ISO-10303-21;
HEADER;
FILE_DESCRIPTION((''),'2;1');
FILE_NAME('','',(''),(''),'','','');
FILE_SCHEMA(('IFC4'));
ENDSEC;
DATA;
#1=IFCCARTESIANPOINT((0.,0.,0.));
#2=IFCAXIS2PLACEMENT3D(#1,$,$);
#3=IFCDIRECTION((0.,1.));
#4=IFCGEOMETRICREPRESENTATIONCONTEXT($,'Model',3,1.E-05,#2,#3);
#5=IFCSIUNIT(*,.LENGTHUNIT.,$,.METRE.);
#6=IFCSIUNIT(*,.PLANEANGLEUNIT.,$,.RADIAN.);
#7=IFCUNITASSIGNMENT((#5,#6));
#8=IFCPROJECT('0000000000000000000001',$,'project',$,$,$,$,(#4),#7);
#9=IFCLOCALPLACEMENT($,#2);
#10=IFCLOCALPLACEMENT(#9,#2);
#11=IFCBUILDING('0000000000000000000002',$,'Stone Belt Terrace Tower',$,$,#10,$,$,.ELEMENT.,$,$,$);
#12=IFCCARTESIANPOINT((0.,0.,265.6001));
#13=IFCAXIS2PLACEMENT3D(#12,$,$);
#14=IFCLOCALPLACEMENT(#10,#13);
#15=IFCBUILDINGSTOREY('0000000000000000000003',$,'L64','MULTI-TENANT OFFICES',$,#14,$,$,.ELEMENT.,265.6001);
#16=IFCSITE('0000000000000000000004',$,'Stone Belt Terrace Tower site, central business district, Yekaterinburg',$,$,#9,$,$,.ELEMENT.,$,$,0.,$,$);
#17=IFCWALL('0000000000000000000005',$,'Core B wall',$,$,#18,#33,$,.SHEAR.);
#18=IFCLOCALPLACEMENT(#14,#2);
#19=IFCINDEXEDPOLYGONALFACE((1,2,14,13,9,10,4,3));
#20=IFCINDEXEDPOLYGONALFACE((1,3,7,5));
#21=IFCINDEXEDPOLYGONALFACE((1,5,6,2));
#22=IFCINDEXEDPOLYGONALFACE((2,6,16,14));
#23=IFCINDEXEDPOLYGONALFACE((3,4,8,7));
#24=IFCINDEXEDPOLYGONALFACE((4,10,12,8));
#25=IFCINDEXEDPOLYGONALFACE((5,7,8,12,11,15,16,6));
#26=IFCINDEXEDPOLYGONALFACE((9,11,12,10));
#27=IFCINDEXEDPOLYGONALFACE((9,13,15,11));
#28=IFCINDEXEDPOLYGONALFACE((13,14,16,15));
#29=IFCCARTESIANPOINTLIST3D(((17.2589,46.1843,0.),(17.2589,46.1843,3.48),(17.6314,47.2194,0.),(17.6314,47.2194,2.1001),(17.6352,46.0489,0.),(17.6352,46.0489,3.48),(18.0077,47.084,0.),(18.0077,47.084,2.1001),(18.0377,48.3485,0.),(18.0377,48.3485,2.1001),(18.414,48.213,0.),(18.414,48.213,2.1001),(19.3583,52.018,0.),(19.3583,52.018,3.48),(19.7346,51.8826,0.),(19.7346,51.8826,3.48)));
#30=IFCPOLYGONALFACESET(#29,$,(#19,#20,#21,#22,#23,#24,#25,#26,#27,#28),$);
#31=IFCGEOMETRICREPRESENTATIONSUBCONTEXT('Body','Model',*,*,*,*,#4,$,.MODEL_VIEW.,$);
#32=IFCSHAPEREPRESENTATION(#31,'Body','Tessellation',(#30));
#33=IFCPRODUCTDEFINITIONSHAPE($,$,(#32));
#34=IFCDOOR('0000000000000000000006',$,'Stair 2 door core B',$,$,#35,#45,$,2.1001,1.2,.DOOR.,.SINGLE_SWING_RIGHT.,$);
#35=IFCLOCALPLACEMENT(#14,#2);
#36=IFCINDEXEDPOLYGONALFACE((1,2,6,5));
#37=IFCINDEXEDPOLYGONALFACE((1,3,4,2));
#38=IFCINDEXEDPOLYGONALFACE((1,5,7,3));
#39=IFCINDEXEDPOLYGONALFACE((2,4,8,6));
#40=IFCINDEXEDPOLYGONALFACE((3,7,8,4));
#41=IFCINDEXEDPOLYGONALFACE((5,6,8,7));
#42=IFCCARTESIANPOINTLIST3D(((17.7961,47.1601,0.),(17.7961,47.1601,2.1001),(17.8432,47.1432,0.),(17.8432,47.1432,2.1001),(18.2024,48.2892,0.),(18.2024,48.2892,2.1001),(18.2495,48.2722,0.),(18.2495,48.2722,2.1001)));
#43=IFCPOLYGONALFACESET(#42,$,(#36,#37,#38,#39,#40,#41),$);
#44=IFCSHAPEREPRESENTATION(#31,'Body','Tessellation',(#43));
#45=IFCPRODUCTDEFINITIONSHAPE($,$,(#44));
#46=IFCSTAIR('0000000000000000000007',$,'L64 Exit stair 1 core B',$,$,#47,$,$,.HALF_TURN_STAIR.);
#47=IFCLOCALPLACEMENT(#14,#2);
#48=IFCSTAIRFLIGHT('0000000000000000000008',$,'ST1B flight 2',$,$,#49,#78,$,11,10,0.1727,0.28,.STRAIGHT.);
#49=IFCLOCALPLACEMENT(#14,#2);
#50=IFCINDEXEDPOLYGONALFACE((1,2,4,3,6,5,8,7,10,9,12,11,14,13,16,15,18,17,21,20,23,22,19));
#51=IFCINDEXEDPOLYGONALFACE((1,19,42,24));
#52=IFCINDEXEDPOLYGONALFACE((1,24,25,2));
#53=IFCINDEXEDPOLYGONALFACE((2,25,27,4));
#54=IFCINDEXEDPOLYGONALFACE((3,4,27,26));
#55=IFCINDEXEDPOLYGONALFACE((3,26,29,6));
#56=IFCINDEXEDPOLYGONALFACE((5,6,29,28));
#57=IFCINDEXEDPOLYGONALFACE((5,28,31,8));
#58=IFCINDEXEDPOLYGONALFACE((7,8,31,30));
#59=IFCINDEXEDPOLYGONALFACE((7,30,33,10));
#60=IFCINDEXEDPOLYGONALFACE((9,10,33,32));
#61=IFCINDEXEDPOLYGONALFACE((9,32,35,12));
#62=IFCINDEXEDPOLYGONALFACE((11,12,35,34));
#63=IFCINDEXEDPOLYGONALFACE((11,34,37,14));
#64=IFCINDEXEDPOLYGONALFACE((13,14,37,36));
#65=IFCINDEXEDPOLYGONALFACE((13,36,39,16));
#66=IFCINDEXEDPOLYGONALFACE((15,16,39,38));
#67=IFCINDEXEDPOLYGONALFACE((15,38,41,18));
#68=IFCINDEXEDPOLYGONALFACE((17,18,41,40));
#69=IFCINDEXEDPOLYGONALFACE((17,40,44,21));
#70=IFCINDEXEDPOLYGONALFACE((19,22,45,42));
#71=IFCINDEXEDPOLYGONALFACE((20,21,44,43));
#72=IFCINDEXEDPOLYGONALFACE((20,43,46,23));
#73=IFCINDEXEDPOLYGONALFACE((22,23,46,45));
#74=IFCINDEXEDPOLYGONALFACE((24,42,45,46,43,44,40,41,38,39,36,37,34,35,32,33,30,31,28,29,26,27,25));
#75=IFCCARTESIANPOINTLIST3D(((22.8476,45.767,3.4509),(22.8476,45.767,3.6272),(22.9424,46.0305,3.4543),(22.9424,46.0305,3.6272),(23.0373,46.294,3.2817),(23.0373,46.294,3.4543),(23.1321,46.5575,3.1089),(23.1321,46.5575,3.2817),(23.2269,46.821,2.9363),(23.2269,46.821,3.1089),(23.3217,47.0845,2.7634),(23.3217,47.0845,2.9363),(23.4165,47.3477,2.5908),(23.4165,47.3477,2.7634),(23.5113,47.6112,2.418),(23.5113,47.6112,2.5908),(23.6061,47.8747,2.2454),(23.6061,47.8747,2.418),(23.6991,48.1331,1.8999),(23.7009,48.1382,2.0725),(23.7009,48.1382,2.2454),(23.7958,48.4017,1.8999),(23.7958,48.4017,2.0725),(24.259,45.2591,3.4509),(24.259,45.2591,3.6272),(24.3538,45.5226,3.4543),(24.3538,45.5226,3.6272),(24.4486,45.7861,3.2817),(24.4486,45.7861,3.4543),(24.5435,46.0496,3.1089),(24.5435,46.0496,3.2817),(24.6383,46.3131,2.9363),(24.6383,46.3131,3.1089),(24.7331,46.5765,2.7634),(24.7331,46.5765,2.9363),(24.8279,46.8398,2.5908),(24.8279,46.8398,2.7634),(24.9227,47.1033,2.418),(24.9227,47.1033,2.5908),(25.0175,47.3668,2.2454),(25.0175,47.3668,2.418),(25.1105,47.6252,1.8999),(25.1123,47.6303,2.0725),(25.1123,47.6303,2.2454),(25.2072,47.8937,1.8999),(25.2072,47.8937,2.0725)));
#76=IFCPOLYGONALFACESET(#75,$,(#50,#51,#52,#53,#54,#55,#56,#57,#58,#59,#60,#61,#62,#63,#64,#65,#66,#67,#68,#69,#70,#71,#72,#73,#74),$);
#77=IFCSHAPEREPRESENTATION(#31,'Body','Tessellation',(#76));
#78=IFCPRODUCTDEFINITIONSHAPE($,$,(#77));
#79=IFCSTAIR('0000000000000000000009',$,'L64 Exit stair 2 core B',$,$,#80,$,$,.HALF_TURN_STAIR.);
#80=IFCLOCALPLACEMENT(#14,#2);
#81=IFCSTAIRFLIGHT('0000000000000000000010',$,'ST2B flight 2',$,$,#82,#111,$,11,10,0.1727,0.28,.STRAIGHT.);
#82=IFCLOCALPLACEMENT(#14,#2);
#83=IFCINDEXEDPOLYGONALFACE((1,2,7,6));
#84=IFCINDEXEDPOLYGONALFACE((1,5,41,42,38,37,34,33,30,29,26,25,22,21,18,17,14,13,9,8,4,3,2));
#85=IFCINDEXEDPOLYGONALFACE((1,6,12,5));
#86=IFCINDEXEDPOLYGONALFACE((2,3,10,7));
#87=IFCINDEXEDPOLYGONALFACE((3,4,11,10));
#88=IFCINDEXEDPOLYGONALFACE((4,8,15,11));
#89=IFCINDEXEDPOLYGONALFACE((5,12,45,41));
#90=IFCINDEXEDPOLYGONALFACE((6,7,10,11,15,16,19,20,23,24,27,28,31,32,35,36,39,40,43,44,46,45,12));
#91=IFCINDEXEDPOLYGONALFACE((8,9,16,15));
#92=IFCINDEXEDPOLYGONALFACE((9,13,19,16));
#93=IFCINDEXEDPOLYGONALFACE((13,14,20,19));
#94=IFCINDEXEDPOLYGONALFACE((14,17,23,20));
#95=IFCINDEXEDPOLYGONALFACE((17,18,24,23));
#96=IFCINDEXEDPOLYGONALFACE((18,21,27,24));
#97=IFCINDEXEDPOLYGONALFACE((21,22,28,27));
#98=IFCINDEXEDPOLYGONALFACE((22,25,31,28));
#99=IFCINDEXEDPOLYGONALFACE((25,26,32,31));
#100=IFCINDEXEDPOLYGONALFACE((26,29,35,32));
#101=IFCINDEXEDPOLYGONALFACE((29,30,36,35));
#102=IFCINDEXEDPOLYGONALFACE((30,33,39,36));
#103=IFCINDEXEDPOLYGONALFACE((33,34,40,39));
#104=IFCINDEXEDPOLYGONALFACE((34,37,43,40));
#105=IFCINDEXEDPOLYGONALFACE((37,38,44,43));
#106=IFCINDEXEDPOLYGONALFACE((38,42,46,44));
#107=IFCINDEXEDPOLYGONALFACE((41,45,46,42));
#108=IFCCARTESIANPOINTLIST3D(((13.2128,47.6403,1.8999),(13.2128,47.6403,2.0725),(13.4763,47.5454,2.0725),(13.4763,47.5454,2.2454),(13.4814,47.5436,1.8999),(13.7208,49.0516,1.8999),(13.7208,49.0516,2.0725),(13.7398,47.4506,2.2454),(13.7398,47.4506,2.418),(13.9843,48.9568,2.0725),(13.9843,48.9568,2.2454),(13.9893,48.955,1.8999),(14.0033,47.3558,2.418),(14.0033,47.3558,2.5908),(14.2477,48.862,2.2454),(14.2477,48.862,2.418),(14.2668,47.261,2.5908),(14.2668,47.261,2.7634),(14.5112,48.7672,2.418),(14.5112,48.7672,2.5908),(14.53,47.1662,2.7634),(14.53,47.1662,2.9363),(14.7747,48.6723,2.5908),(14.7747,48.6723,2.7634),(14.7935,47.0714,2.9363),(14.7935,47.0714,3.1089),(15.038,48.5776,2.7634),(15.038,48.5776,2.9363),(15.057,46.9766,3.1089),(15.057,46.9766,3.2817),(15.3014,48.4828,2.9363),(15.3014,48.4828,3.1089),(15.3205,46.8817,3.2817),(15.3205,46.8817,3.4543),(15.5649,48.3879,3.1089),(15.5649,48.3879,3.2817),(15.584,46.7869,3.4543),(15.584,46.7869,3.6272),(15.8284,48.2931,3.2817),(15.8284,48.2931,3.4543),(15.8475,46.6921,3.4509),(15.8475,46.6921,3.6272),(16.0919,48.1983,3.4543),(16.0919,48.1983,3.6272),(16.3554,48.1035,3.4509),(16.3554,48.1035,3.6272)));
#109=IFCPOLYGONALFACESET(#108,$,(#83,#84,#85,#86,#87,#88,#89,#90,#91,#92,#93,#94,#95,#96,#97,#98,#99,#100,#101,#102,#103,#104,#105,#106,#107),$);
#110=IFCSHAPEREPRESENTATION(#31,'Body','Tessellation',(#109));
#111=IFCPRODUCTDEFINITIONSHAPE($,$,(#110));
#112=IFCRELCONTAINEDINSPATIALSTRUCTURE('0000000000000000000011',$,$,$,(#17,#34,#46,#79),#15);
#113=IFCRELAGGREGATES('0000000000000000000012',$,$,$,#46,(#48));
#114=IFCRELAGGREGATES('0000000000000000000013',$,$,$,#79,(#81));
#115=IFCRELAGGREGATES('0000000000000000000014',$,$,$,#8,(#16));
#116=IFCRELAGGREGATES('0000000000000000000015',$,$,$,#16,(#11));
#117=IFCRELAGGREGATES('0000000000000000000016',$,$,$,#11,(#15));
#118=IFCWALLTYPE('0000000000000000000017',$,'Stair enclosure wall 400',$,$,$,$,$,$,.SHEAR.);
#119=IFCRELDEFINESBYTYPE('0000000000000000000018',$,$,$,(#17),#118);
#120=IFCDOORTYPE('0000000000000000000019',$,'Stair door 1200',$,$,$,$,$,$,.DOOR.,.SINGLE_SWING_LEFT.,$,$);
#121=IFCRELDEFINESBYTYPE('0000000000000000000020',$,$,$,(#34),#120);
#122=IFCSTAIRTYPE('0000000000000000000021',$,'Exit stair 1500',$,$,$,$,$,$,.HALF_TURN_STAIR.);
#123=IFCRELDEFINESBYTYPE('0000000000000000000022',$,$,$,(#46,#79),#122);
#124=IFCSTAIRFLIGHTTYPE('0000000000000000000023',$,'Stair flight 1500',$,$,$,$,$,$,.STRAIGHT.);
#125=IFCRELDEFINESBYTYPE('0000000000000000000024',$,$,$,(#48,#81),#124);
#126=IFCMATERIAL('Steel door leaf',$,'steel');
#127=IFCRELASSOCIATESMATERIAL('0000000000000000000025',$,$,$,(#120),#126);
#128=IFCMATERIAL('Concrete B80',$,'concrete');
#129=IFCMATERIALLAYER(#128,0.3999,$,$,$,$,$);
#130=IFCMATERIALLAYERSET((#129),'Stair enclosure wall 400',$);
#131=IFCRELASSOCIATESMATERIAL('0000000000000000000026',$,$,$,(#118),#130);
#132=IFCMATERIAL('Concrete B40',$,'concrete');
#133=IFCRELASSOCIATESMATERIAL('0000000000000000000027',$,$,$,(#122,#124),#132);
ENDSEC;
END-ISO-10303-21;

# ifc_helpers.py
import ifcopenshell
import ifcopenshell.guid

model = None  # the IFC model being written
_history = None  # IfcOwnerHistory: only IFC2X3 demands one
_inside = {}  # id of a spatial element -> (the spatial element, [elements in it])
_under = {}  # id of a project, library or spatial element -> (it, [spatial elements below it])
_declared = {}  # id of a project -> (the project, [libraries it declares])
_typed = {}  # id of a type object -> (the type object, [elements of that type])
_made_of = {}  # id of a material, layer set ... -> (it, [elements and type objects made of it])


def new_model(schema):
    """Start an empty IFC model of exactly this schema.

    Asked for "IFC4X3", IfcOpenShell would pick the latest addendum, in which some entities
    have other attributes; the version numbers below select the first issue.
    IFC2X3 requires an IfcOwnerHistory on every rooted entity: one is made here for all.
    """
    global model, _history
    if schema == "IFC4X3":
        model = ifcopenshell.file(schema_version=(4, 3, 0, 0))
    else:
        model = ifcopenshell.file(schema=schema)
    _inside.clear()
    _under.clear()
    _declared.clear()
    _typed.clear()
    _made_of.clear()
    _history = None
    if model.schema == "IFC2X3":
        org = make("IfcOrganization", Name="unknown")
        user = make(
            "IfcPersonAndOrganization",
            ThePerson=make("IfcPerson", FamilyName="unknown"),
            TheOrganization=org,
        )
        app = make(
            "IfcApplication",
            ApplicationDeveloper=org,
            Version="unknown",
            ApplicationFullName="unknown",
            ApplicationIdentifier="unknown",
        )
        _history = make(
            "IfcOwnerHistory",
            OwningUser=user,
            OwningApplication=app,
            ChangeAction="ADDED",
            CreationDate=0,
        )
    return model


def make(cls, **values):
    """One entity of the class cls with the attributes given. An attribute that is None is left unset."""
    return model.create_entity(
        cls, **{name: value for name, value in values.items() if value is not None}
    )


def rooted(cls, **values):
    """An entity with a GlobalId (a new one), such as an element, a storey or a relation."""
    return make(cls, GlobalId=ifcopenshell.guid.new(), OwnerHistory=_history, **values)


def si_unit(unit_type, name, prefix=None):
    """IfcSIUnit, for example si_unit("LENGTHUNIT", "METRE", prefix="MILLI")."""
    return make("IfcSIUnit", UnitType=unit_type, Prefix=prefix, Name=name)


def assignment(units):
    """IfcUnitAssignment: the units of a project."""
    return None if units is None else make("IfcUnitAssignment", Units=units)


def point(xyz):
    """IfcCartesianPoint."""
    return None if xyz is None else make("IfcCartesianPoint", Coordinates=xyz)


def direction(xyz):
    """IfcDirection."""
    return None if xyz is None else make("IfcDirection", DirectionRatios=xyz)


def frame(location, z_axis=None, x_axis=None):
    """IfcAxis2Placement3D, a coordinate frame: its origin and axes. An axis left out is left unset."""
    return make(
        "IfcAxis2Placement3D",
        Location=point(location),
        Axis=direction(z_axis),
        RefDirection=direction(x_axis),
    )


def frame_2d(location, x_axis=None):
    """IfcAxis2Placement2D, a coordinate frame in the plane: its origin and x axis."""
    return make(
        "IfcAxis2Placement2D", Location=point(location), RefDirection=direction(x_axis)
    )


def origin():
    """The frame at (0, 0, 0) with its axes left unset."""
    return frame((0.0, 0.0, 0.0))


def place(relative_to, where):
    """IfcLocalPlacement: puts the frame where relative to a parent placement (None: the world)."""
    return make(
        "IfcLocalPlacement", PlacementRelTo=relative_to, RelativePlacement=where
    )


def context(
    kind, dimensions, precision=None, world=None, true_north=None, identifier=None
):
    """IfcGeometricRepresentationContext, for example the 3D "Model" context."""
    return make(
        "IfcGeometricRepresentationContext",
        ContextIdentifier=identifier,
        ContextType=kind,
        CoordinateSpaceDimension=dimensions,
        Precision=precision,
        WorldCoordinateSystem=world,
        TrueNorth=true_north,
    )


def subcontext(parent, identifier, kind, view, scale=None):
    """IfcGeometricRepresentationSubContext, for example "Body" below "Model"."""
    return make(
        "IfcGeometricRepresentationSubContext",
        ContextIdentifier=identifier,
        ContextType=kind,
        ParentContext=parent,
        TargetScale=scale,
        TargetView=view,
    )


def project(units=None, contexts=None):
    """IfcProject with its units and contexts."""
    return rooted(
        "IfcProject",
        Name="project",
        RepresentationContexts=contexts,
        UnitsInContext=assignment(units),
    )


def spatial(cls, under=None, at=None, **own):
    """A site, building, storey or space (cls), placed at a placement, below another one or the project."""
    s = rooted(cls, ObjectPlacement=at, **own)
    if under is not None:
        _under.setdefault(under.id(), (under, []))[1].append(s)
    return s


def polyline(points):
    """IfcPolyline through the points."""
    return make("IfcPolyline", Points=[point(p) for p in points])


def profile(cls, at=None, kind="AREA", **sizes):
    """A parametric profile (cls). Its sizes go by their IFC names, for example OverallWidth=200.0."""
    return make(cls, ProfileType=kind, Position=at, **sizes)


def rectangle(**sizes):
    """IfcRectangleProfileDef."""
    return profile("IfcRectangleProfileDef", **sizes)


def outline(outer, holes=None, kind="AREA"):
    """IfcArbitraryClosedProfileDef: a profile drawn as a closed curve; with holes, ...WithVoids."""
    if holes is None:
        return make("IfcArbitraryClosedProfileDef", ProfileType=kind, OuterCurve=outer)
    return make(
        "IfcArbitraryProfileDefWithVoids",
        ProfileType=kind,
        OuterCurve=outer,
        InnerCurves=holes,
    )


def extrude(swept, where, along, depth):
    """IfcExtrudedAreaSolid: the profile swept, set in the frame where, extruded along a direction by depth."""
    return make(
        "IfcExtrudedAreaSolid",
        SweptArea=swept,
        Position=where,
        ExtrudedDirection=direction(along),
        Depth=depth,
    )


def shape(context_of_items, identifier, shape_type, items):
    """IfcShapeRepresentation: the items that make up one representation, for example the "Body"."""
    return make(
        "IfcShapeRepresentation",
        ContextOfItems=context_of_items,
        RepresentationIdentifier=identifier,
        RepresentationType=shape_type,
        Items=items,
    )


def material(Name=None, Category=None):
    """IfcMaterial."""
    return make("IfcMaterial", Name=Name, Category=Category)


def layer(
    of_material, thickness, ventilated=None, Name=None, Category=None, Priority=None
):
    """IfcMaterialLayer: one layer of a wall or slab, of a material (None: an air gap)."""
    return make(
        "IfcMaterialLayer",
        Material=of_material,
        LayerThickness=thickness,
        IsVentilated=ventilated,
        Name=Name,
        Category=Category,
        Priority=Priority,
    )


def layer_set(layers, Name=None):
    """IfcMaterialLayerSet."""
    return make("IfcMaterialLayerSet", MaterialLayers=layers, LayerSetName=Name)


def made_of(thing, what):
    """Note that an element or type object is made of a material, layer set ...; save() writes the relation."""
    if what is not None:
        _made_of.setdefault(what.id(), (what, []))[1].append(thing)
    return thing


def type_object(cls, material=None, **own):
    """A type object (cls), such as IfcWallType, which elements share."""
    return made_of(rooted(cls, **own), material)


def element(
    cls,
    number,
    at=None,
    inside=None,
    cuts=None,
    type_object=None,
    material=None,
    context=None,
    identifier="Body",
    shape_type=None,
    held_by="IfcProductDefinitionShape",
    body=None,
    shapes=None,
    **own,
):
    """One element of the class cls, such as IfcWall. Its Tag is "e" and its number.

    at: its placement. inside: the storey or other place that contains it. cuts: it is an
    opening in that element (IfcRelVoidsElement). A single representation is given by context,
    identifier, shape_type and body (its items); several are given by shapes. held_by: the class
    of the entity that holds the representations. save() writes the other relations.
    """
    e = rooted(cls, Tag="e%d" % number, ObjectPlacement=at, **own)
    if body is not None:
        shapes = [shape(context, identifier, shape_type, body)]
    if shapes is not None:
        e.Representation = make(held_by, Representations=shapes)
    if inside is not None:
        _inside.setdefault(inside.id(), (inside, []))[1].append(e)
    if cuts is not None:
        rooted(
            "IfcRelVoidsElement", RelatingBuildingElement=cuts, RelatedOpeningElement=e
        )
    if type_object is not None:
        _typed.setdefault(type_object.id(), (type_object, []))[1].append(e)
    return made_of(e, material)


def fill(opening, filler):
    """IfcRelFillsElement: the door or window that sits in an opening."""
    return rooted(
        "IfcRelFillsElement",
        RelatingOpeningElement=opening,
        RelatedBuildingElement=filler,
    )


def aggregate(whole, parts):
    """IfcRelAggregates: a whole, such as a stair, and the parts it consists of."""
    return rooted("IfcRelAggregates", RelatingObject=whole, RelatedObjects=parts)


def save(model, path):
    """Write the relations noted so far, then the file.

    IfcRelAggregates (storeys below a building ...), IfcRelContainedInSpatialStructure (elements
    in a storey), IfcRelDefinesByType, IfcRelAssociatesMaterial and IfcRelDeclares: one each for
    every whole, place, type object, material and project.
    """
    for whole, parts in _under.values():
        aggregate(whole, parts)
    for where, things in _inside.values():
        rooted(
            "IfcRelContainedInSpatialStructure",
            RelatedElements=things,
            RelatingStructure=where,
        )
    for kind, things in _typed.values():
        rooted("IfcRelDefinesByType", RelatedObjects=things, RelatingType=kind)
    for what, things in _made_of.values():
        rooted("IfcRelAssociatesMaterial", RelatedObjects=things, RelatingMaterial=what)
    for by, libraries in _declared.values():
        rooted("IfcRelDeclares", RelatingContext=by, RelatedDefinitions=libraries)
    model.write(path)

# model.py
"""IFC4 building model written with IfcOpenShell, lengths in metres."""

from ifc_helpers import new_model, si_unit, direction, frame, frame_2d, origin, place, context, subcontext, project, spatial, polyline, rectangle, outline, extrude, material, layer, layer_set, type_object, element, fill, aggregate, save


model = new_model("IFC4")

# Units and contexts
model_context = context("Model", 3, precision=1e-05, world=origin(), true_north=direction((0.0, 1.0)))
body_context = subcontext(model_context, "Body", "Model", "MODEL_VIEW")
ifc_project = project(units=[si_unit("LENGTHUNIT", "METRE"), si_unit("PLANEANGLEUNIT", "RADIAN")], contexts=[model_context])

# Site, building, storey
site_placement = place(None, origin())
site = spatial("IfcSite", under=ifc_project, at=site_placement, Name="Stone Belt Terrace Tower site, central business district, Yekaterinburg", CompositionType="ELEMENT", RefElevation=0.0)
building_placement = place(site_placement, origin())
building = spatial("IfcBuilding", under=site, at=building_placement, Name="Stone Belt Terrace Tower", CompositionType="ELEMENT")
storey_placement = place(building_placement, frame((0.0, 0.0, 265.6001)))
storey = spatial("IfcBuildingStorey", under=building, at=storey_placement, Name="L64", Description="MULTI-TENANT OFFICES", CompositionType="ELEMENT", Elevation=265.6001)

# Shared definitions
ifc_material_1 = material(Name="Steel door leaf", Category="steel")
door_type_1 = type_object("IfcDoorType", Name="Stair door 1200", OperationType="SINGLE_SWING_LEFT", PredefinedType="DOOR", material=ifc_material_1)
ifc_material_2 = material(Name="Concrete B80", Category="concrete")
ifc_layer_1 = layer(ifc_material_2, 0.3999)
ifc_layer_set_1 = layer_set([ifc_layer_1], Name="Stair enclosure wall 400")
wall_type_1 = type_object("IfcWallType", Name="Stair enclosure wall 400", PredefinedType="SHEAR", material=ifc_layer_set_1)

# Wall, opening, door
wall_1_placement = place(storey_placement, frame((17.447, 46.1165, 0.0), z_axis=(0.0, 0.0, 1.0), x_axis=(0.338608, 0.940928, 0.0)))
wall_1 = element("IfcWall", 1, at=wall_1_placement, inside=storey, type_object=wall_type_1, Name="Core B wall", PredefinedType="SHEAR", context=body_context, shape_type="SweptSolid", body=[
    extrude(rectangle(XDim=6.2, YDim=0.3999, at=frame_2d((3.1001, 0.0))), origin(), (0.0, 0.0, 1.0), 3.48),
])
opening_1_placement = place(wall_1_placement, frame((1.1001, 0.0, 0.0)))
opening_1 = element("IfcOpeningElement", 2, at=opening_1_placement, cuts=wall_1, PredefinedType="OPENING", context=body_context, shape_type="SweptSolid", body=[
    extrude(rectangle(XDim=1.2, YDim=2.1001, at=frame_2d((0.6001, 1.05))), frame((0.0, 0.21, 0.0), z_axis=(0.0, -1.0, 0.0), x_axis=(1.0, 0.0, 0.0)), (0.0, 0.0, 1.0), 0.4199),
])
door_1_placement = place(opening_1_placement, origin())
door_1 = element("IfcDoor", 3, at=door_1_placement, inside=storey, type_object=door_type_1, Name="Stair 2 door core B", OperationType="SINGLE_SWING_RIGHT", OverallHeight=2.1001, OverallWidth=1.2, PredefinedType="DOOR", context=body_context, shape_type="SweptSolid", body=[
    extrude(rectangle(XDim=1.2, YDim=2.1001, at=frame_2d((0.6001, 1.05))), frame((0.0, 0.0249, 0.0), z_axis=(0.0, -1.0, 0.0), x_axis=(1.0, 0.0, 0.0)), (0.0, 0.0, 1.0), 0.05),
])
fill(opening_1, door_1)

# Stairs, stair flights
ifc_material_3 = material(Name="Concrete B40", Category="concrete")
stair_type = type_object("IfcStairType", Name="Exit stair 1500", PredefinedType="HALF_TURN_STAIR", material=ifc_material_3)
stair_1_placement = place(storey_placement, origin())
stair_1 = element("IfcStair", 4, at=stair_1_placement, inside=storey, type_object=stair_type, Name="L64 Exit stair 1 core B", PredefinedType="HALF_TURN_STAIR")
stair_flight_type = type_object("IfcStairFlightType", Name="Stair flight 1500", PredefinedType="STRAIGHT", material=ifc_material_3)
stair_flight_1_placement = place(storey_placement, frame((24.5015, 48.1477, 1.8999), z_axis=(0.0, 0.0, 1.0), x_axis=(-0.338624, -0.940922, 0.0)))
stair_flight_1 = element("IfcStairFlight", 5, at=stair_flight_1_placement, type_object=stair_flight_type, Name="ST1B flight 2", NumberOfRisers=11, NumberOfTreads=10, PredefinedType="STRAIGHT", RiserHeight=0.1727, TreadLength=0.28, context=body_context, shape_type="SweptSolid", body=[
    extrude(outline(polyline([(0.0, 0.0), (0.0, 0.1726), (0.28, 0.1726), (0.28, 0.3455), (0.5601, 0.3455), (0.5601, 0.5181), (0.8401, 0.5181), (0.8401, 0.6909), (1.1201, 0.6909), (1.1201, 0.8635), (1.3999, 0.8635), (1.3999, 1.0364), (1.6799, 1.0364), (1.6799, 1.209), (1.96, 1.209), (1.96, 1.3818), (2.24, 1.3818), (2.24, 1.5544), (2.52, 1.5544), (2.52, 1.7273), (2.8, 1.7273), (2.8, 1.8999), (2.8, 1.551), (0.2854, 0.0), (0.0, 0.0)])), frame((0.0, 0.75, 0.0), z_axis=(0.0, -1.0, 0.0), x_axis=(1.0, 0.0, 0.0)), (0.0, 0.0, 1.0), 1.5),
])
aggregate(stair_1, [stair_flight_1])
stair_2_placement = place(storey_placement, origin())
stair_2 = element("IfcStair", 6, at=stair_2_placement, inside=storey, type_object=stair_type, Name="L64 Exit stair 2 core B", PredefinedType="HALF_TURN_STAIR")
stair_flight_2_placement = place(storey_placement, frame((13.4668, 48.3459, 1.8999), z_axis=(0.0, 0.0, 1.0), x_axis=(0.940922, -0.338624, 0.0)))
stair_flight_2 = element("IfcStairFlight", 7, at=stair_flight_2_placement, type_object=stair_flight_type, Name="ST2B flight 2", NumberOfRisers=11, NumberOfTreads=10, PredefinedType="STRAIGHT", RiserHeight=0.1727, TreadLength=0.28, context=body_context, shape_type="SweptSolid", body=[
    extrude(outline(polyline([(0.0, 0.0), (0.0, 0.1726), (0.28, 0.1726), (0.28, 0.3455), (0.5601, 0.3455), (0.5601, 0.5181), (0.8401, 0.5181), (0.8401, 0.6909), (1.1201, 0.6909), (1.1201, 0.8635), (1.3999, 0.8635), (1.3999, 1.0364), (1.6799, 1.0364), (1.6799, 1.209), (1.96, 1.209), (1.96, 1.3818), (2.24, 1.3818), (2.24, 1.5544), (2.52, 1.5544), (2.52, 1.7273), (2.8, 1.7273), (2.8, 1.8999), (2.8, 1.551), (0.2854, 0.0), (0.0, 0.0)])), frame((0.0, 0.75, 0.0), z_axis=(0.0, -1.0, 0.0), x_axis=(1.0, 0.0, 0.0)), (0.0, 0.0, 1.0), 1.5),
])
aggregate(stair_2, [stair_flight_2])

save(model, "model.ifc")
